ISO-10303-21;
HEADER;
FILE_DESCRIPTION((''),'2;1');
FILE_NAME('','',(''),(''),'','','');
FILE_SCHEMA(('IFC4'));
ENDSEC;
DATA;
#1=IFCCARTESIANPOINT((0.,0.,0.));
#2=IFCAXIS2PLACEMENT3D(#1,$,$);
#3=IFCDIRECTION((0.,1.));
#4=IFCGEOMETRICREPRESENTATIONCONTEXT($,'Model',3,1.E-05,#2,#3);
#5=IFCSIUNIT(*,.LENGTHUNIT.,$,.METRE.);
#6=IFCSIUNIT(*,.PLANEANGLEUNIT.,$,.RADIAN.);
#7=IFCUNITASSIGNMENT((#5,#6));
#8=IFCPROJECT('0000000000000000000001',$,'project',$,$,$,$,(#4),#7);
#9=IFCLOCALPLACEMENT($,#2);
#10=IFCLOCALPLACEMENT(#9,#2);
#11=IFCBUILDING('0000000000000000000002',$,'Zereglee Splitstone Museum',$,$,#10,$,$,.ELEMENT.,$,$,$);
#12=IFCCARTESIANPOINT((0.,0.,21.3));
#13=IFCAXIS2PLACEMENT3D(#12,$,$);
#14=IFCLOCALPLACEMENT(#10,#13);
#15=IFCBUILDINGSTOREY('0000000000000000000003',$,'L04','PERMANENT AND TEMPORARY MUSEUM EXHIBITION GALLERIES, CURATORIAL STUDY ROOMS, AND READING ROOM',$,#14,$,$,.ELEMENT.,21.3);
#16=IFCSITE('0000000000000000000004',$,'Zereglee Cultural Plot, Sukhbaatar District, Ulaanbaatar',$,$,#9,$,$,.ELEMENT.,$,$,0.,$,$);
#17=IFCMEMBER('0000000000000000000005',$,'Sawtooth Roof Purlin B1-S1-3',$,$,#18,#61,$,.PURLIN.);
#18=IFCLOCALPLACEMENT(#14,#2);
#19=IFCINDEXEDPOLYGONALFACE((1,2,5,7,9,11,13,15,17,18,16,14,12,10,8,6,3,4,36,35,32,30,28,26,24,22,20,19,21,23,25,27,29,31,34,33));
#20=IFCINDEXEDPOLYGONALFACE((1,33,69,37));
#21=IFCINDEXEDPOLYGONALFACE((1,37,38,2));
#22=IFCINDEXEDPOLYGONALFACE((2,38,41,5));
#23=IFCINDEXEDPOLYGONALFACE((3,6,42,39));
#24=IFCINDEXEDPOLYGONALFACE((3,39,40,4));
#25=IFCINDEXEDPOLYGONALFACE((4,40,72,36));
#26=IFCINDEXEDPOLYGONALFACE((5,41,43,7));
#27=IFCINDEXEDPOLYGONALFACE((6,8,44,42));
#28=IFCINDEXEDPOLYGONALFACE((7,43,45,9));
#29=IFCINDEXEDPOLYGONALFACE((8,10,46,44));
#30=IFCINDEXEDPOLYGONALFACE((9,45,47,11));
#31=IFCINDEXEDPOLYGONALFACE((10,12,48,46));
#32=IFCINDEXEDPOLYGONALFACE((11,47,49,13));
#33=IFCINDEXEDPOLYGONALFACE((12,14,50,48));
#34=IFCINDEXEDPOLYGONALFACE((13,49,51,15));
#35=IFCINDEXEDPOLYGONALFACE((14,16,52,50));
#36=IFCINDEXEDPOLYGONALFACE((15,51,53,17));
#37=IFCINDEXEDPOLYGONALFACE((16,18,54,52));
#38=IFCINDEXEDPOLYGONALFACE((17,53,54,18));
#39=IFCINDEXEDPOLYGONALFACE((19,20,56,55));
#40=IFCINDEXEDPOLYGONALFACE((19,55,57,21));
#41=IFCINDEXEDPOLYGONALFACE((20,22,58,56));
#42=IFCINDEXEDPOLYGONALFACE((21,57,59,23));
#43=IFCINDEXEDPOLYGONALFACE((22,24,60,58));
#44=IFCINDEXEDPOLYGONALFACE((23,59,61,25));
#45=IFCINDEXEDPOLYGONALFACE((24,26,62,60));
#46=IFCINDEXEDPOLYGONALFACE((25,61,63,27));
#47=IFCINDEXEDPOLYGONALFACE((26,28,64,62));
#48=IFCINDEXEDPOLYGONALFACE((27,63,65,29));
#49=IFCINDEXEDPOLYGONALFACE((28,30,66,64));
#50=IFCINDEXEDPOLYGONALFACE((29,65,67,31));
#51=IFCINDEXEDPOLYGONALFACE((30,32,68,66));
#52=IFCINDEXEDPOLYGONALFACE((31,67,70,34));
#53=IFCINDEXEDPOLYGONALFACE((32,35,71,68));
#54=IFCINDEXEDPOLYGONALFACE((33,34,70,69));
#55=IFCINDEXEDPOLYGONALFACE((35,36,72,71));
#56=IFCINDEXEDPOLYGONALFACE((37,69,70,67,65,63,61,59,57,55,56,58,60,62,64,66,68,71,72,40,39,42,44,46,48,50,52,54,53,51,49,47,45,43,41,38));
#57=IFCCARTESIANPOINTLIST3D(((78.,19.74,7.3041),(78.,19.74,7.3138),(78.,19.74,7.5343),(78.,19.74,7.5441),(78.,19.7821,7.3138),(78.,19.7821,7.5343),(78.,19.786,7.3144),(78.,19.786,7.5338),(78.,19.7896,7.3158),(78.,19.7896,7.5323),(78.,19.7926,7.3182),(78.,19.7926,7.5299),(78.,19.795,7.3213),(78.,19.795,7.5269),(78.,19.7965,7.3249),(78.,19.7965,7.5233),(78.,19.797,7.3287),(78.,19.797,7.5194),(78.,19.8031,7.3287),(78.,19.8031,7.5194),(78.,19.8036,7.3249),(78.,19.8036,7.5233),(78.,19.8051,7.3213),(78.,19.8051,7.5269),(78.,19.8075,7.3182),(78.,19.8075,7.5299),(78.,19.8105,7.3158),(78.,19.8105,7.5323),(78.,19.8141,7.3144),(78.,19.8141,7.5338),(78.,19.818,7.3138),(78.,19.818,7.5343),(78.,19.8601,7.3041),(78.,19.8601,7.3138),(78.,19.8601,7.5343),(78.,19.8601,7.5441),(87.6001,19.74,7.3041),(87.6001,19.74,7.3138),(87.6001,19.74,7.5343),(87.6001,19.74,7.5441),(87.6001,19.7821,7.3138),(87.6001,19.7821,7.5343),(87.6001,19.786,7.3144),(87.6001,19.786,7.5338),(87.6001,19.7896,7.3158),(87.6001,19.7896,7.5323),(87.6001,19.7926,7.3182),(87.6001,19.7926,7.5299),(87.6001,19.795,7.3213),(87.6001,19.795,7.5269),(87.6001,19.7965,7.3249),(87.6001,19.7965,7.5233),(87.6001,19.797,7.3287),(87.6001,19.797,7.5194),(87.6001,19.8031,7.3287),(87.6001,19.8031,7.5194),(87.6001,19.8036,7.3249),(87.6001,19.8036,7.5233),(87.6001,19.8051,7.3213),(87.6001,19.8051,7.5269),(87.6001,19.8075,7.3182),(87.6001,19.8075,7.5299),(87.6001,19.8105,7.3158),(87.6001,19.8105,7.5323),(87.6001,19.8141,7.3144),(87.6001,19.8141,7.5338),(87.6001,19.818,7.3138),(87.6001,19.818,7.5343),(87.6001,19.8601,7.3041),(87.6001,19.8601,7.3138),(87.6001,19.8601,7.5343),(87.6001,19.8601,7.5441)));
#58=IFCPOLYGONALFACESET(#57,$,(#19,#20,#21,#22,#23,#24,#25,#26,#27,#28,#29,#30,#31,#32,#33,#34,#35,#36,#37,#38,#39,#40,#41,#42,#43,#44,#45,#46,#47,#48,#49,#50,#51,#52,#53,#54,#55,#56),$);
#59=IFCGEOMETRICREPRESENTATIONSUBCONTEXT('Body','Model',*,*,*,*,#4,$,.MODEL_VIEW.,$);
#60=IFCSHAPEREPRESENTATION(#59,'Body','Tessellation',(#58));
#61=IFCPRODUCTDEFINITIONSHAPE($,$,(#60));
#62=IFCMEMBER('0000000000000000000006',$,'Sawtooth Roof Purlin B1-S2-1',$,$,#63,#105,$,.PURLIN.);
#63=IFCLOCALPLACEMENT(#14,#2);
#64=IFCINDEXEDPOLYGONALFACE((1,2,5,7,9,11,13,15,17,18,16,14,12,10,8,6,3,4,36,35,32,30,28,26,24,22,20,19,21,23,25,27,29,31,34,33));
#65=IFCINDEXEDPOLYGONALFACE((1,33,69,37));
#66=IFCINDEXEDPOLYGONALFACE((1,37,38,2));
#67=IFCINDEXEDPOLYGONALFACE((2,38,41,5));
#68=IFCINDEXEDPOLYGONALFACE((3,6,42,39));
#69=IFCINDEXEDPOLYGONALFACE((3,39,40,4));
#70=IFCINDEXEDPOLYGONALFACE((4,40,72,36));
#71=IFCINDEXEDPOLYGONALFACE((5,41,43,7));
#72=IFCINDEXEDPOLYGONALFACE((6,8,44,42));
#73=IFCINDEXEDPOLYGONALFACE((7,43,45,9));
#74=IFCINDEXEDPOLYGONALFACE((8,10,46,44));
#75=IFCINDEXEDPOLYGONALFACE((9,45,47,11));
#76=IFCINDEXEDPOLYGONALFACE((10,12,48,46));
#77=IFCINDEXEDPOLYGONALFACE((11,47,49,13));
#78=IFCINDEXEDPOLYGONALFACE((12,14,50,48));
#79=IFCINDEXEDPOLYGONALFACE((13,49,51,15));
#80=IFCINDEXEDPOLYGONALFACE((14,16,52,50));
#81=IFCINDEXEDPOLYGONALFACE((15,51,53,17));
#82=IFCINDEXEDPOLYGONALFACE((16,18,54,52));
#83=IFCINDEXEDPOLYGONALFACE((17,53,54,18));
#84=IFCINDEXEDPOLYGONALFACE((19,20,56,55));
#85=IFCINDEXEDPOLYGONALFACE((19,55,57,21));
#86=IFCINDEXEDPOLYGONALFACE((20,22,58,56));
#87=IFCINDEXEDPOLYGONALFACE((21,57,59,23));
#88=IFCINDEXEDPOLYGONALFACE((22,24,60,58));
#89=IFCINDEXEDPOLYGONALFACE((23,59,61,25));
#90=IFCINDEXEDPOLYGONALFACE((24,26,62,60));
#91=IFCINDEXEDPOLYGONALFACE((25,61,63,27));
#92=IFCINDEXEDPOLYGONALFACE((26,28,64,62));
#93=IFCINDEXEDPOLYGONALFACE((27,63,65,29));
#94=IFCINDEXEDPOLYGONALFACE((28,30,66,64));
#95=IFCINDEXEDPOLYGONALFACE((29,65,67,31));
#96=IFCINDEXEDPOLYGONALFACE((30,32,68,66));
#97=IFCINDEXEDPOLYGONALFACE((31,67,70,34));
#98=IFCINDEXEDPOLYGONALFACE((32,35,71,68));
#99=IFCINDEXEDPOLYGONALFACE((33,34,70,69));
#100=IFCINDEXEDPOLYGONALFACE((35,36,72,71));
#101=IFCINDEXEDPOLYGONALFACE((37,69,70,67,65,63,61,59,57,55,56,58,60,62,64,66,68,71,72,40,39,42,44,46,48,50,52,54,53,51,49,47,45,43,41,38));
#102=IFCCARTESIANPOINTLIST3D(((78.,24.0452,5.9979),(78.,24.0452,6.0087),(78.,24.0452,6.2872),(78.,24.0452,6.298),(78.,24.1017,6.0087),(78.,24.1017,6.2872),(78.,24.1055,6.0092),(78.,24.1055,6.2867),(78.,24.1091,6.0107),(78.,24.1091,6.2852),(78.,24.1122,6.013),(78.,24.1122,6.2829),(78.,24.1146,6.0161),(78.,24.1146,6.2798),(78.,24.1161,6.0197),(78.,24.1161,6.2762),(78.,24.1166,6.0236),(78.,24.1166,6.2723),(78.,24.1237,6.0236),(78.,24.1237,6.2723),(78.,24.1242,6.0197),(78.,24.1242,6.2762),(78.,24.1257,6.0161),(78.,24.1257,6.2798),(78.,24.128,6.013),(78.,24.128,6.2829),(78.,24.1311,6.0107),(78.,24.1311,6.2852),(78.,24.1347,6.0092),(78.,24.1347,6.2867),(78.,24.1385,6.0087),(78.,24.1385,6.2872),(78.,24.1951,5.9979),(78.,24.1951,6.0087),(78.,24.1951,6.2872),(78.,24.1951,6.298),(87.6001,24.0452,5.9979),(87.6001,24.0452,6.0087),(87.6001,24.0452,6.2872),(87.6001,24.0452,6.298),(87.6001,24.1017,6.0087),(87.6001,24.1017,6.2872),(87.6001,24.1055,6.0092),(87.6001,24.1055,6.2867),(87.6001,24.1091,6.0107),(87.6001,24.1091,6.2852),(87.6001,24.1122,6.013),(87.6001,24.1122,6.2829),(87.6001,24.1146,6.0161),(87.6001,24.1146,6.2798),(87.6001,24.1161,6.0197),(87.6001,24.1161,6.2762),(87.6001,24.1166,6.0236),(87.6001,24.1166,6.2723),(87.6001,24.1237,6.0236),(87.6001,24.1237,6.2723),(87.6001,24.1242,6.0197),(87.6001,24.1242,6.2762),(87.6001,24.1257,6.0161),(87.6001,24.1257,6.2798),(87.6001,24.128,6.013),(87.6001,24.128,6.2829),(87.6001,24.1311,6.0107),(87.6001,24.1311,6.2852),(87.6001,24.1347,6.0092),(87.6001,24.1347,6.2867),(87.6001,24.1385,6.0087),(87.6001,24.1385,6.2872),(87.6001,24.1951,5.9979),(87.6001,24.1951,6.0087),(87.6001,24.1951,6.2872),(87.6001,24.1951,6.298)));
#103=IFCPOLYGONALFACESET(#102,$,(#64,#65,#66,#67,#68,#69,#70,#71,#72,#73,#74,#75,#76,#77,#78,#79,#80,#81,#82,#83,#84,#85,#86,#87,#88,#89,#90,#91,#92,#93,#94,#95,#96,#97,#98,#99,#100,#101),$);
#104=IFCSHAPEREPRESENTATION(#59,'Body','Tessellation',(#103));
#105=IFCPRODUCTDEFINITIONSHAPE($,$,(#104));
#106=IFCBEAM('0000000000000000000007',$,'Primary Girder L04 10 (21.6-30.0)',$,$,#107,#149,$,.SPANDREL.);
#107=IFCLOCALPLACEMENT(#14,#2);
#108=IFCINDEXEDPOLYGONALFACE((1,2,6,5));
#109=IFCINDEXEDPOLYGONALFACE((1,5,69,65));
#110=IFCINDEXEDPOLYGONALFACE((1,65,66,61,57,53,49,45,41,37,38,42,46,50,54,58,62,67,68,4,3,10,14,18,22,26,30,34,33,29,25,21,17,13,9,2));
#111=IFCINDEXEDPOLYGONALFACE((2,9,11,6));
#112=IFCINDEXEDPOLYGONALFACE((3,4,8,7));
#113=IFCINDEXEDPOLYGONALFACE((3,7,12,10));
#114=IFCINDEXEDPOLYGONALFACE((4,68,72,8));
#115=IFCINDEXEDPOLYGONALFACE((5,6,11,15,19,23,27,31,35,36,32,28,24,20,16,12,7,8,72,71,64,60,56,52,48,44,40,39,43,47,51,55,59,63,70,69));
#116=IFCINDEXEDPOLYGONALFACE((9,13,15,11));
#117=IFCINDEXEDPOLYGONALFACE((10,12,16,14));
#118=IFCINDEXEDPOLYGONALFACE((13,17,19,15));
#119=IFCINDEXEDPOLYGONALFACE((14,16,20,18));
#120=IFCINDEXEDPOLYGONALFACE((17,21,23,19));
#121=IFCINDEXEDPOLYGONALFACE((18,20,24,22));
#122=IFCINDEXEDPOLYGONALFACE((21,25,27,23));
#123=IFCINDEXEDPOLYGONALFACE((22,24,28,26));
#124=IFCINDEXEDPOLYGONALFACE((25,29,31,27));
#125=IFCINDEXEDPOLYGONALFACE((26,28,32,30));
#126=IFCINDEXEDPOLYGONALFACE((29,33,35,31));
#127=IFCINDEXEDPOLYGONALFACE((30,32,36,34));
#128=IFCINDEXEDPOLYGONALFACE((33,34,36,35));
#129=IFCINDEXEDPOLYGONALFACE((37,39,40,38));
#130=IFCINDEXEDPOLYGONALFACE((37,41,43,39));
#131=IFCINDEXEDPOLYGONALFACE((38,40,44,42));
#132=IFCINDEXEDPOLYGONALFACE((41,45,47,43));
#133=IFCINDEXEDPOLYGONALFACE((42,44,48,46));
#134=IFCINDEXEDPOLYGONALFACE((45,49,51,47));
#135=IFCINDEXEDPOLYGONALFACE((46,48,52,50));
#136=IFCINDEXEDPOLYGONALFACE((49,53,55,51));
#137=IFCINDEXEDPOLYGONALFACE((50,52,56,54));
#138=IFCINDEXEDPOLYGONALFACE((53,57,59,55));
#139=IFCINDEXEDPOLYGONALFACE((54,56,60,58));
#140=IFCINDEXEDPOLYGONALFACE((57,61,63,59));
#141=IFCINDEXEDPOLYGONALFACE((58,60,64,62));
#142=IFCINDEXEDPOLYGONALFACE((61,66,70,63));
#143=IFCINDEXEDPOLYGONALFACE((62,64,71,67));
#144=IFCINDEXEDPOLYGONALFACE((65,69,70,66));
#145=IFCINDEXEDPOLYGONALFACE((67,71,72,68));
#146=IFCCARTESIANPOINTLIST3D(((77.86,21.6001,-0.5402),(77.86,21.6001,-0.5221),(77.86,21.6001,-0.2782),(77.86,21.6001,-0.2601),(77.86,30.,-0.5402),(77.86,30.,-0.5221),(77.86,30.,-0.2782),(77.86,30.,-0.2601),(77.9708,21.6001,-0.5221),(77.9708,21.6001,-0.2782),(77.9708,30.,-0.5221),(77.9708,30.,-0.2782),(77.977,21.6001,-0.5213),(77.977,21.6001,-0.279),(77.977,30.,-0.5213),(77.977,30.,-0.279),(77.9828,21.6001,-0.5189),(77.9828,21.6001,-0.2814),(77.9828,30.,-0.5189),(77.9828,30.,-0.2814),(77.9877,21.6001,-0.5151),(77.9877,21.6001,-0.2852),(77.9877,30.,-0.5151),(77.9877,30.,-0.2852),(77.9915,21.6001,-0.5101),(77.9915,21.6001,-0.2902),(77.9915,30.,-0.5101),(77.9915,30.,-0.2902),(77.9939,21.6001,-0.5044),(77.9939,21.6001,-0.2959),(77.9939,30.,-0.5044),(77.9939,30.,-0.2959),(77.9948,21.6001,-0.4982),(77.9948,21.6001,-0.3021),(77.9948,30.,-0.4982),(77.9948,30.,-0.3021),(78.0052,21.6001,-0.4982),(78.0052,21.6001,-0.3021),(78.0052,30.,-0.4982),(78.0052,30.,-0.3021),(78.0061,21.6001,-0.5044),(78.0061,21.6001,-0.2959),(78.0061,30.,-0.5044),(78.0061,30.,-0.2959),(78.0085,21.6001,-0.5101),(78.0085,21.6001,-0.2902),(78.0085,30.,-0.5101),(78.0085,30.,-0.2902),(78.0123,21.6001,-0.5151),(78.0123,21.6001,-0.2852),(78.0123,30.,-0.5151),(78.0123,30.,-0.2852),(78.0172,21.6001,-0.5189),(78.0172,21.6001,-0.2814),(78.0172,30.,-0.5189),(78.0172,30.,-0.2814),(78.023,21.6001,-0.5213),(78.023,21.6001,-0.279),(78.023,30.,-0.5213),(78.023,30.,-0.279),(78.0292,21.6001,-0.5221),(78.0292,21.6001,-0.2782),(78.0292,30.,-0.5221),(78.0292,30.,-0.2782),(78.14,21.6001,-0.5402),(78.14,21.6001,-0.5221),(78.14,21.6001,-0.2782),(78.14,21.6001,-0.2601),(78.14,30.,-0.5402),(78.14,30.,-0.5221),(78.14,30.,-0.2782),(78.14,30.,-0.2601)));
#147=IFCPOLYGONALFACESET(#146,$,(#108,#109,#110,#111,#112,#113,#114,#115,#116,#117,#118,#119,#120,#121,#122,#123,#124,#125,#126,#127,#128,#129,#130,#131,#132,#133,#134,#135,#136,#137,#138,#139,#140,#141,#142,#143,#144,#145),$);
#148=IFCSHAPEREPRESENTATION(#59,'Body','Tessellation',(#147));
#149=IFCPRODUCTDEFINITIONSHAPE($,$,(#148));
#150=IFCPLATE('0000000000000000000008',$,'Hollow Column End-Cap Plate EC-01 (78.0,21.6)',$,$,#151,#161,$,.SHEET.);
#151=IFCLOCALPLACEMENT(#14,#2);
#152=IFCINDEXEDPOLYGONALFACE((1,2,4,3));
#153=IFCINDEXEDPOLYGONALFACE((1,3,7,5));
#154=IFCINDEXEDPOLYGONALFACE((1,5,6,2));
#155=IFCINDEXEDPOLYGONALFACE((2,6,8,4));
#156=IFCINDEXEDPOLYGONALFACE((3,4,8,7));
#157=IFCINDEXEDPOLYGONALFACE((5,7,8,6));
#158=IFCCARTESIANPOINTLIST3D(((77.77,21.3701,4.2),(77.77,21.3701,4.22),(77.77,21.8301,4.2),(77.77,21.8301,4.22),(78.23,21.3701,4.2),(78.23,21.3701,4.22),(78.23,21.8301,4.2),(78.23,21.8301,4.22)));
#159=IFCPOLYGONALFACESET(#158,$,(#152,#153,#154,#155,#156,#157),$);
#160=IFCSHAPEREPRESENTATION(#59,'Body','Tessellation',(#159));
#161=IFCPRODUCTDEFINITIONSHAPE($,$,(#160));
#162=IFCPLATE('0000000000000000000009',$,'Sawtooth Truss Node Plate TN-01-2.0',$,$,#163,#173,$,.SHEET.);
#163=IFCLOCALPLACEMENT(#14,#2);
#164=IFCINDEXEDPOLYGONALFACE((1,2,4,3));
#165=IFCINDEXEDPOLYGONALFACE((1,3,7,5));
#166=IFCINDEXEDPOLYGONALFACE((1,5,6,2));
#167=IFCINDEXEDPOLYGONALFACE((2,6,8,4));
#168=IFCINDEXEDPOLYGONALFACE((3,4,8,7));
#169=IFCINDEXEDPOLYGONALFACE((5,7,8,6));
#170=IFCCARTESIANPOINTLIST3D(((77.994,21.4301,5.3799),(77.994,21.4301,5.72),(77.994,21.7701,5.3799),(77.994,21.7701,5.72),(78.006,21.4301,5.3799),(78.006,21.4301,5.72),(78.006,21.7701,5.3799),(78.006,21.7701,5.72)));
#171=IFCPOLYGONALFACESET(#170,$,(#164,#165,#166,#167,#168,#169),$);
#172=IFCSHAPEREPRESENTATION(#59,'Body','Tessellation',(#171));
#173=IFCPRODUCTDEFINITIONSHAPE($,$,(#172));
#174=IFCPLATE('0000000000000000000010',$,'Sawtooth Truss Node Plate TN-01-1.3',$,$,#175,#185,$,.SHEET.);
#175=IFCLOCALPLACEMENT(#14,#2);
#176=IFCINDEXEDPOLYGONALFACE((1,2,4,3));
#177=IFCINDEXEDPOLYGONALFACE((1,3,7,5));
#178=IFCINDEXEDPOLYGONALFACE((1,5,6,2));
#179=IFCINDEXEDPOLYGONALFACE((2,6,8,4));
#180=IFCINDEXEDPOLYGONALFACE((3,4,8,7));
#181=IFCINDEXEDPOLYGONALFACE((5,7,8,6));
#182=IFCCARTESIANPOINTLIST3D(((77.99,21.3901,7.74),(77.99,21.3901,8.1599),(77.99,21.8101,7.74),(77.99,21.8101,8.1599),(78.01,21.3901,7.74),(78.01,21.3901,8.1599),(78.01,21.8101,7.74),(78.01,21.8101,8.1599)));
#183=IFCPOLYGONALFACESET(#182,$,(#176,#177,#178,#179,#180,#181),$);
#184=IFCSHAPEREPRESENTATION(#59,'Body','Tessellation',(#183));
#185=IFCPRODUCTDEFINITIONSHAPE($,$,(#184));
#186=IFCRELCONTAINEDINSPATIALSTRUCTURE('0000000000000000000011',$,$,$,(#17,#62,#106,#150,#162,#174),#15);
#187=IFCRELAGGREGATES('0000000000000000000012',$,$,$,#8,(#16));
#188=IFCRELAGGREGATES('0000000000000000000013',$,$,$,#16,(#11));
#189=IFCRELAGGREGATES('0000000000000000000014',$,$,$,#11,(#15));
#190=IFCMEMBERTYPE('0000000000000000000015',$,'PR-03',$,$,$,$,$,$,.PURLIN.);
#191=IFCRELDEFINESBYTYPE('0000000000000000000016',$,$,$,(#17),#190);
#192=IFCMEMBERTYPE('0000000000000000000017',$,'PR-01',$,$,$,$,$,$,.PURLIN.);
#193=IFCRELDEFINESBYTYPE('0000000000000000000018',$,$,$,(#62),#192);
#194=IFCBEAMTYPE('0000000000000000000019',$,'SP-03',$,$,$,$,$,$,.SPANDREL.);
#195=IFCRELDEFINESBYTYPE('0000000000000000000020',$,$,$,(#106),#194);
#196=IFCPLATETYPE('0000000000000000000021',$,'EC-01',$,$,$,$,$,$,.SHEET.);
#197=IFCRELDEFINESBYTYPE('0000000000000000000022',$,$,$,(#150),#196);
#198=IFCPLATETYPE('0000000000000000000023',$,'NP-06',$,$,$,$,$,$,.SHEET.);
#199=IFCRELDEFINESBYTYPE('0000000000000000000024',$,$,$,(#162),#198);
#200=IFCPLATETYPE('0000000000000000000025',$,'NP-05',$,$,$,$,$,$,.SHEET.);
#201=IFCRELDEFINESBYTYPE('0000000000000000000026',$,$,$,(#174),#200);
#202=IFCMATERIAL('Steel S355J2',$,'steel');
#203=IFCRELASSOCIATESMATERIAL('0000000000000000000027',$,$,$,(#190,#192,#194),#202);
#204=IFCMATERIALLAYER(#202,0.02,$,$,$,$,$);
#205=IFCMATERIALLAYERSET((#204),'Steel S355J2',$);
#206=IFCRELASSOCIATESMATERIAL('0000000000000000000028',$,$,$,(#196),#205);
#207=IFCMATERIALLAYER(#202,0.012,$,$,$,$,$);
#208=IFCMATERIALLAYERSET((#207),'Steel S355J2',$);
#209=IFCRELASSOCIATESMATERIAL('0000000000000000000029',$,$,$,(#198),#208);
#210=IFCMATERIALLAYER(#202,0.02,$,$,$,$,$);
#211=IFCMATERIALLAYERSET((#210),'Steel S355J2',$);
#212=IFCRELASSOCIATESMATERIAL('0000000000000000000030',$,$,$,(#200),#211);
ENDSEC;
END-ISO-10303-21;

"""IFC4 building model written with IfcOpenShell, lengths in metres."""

from ifc_helpers import new_model, si_unit, direction, frame, origin, origin_2d, place, context, subcontext, project, spatial, rectangle, i_section, extrude, material, layer, layer_set, material_profile, profile_set, type_object, element, save


model = new_model("IFC4")

# Units and contexts
model_context = context("Model", 3, precision=1e-05, world=origin(), true_north=direction((0.0, 1.0)))
body_context = subcontext(model_context, "Body", "Model", "MODEL_VIEW")
ifc_project = project(units=[si_unit("LENGTHUNIT", "METRE"), si_unit("PLANEANGLEUNIT", "RADIAN")], contexts=[model_context])

# Site, building, storey
site_placement = place(None, origin())
site = spatial("IfcSite", under=ifc_project, at=site_placement, Name="Zereglee Cultural Plot, Sukhbaatar District, Ulaanbaatar", CompositionType="ELEMENT", RefElevation=0.0)
building_placement = place(site_placement, origin())
building = spatial("IfcBuilding", under=site, at=building_placement, Name="Zereglee Splitstone Museum", CompositionType="ELEMENT")
storey_placement = place(building_placement, frame((0.0, 0.0, 21.3)))
storey = spatial("IfcBuildingStorey", under=building, at=storey_placement, Name="L04", Description="PERMANENT AND TEMPORARY MUSEUM EXHIBITION GALLERIES, CURATORIAL STUDY ROOMS, AND READING ROOM", CompositionType="ELEMENT", Elevation=21.3)

# Shared definitions
ifc_material_1 = material(Name="Steel S355J2", Category="steel")

# Members
ifc_material_profile_1 = material_profile(ifc_material_1, i_section(OverallWidth=0.1201, OverallDepth=0.24, WebThickness=0.0061, FlangeThickness=0.0098, FilletRadius=0.0149, at=origin_2d()), Name="IPE 240")
ifc_profile_set_1 = profile_set([ifc_material_profile_1], Name="Steel S355J2")
member_type_1 = type_object("IfcMemberType", Name="PR-03", PredefinedType="PURLIN", material=ifc_profile_set_1)
member_1_placement = place(storey_placement, frame((78.0, 19.8, 7.4241), z_axis=(1.0, 0.0, 0.0), x_axis=(0.0, 1.0, 0.0)))
element("IfcMember", 1, at=member_1_placement, inside=storey, type_object=member_type_1, Name="Sawtooth Roof Purlin B1-S1-3", PredefinedType="PURLIN", context=body_context, shape_type="SweptSolid", body=[
    extrude(i_section(OverallWidth=0.1201, OverallDepth=0.24, WebThickness=0.0061, FlangeThickness=0.0098, FilletRadius=0.0149, at=origin_2d()), origin(), (0.0, 0.0, 1.0), 9.6001),
])
ifc_material_profile_2 = material_profile(ifc_material_1, i_section(OverallWidth=0.1499, OverallDepth=0.3, WebThickness=0.0071, FlangeThickness=0.0107, FilletRadius=0.0149, at=origin_2d()), Name="IPE 300")
ifc_profile_set_2 = profile_set([ifc_material_profile_2], Name="Steel S355J2")
member_type_2 = type_object("IfcMemberType", Name="PR-01", PredefinedType="PURLIN", material=ifc_profile_set_2)
member_2_placement = place(storey_placement, frame((78.0, 24.1201, 6.1479), z_axis=(1.0, 0.0, 0.0), x_axis=(0.0, 1.0, 0.0)))
element("IfcMember", 2, at=member_2_placement, inside=storey, type_object=member_type_2, Name="Sawtooth Roof Purlin B1-S2-1", PredefinedType="PURLIN", context=body_context, shape_type="SweptSolid", body=[
    extrude(i_section(OverallWidth=0.1499, OverallDepth=0.3, WebThickness=0.0071, FlangeThickness=0.0107, FilletRadius=0.0149, at=origin_2d()), origin(), (0.0, 0.0, 1.0), 9.6001),
])

# Beam
ifc_material_profile_3 = material_profile(ifc_material_1, i_section(OverallWidth=0.28, OverallDepth=0.28, WebThickness=0.0105, FlangeThickness=0.0181, FilletRadius=0.0239, at=origin_2d()), Name="HE 280 B")
ifc_profile_set_3 = profile_set([ifc_material_profile_3], Name="Steel S355J2")
beam_type_1 = type_object("IfcBeamType", Name="SP-03", PredefinedType="SPANDREL", material=ifc_profile_set_3)
beam_1_placement = place(storey_placement, frame((78.0, 21.6001, -0.4001), z_axis=(0.0, 1.0, 0.0), x_axis=(-1.0, 0.0, 0.0)))
element("IfcBeam", 3, at=beam_1_placement, inside=storey, type_object=beam_type_1, Name="Primary Girder L04 10 (21.6-30.0)", PredefinedType="SPANDREL", context=body_context, shape_type="SweptSolid", body=[
    extrude(i_section(OverallWidth=0.28, OverallDepth=0.28, WebThickness=0.0105, FlangeThickness=0.0181, FilletRadius=0.0239, at=origin_2d()), origin(), (0.0, 0.0, 1.0), 8.3999),
])

# Plates
ifc_layer_1 = layer(ifc_material_1, 0.02)
ifc_layer_set_1 = layer_set([ifc_layer_1], Name="Steel S355J2")
plate_type_1 = type_object("IfcPlateType", Name="EC-01", PredefinedType="SHEET", material=ifc_layer_set_1)
plate_1_placement = place(storey_placement, frame((78.0, 21.6001, 4.2), z_axis=(0.0, 0.0, 1.0), x_axis=(1.0, 0.0, 0.0)))
element("IfcPlate", 4, at=plate_1_placement, inside=storey, type_object=plate_type_1, Name="Hollow Column End-Cap Plate EC-01 (78.0,21.6)", PredefinedType="SHEET", context=body_context, shape_type="SweptSolid", body=[
    extrude(rectangle(XDim=0.46, YDim=0.46, at=origin_2d()), origin(), (0.0, 0.0, 1.0), 0.02),
])
ifc_layer_2 = layer(ifc_material_1, 0.012)
ifc_layer_set_2 = layer_set([ifc_layer_2], Name="Steel S355J2")
plate_type_2 = type_object("IfcPlateType", Name="NP-06", PredefinedType="SHEET", material=ifc_layer_set_2)
plate_2_placement = place(storey_placement, frame((78.0, 21.6001, 5.3799), z_axis=(0.0, 0.0, 1.0), x_axis=(1.0, 0.0, 0.0)))
element("IfcPlate", 5, at=plate_2_placement, inside=storey, type_object=plate_type_2, Name="Sawtooth Truss Node Plate TN-01-2.0", PredefinedType="SHEET", context=body_context, shape_type="SweptSolid", body=[
    extrude(rectangle(XDim=0.012, YDim=0.3401, at=origin_2d()), origin(), (0.0, 0.0, 1.0), 0.3401),
])
ifc_layer_3 = layer(ifc_material_1, 0.02)
ifc_layer_set_3 = layer_set([ifc_layer_3], Name="Steel S355J2")
plate_type_3 = type_object("IfcPlateType", Name="NP-05", PredefinedType="SHEET", material=ifc_layer_set_3)
plate_3_placement = place(storey_placement, frame((78.0, 21.6001, 7.74), z_axis=(0.0, 0.0, 1.0), x_axis=(1.0, 0.0, 0.0)))
element("IfcPlate", 6, at=plate_3_placement, inside=storey, type_object=plate_type_3, Name="Sawtooth Truss Node Plate TN-01-1.3", PredefinedType="SHEET", context=body_context, shape_type="SweptSolid", body=[
    extrude(rectangle(XDim=0.02, YDim=0.4199, at=origin_2d()), origin(), (0.0, 0.0, 1.0), 0.4199),
])

save(model, "model.ifc")
